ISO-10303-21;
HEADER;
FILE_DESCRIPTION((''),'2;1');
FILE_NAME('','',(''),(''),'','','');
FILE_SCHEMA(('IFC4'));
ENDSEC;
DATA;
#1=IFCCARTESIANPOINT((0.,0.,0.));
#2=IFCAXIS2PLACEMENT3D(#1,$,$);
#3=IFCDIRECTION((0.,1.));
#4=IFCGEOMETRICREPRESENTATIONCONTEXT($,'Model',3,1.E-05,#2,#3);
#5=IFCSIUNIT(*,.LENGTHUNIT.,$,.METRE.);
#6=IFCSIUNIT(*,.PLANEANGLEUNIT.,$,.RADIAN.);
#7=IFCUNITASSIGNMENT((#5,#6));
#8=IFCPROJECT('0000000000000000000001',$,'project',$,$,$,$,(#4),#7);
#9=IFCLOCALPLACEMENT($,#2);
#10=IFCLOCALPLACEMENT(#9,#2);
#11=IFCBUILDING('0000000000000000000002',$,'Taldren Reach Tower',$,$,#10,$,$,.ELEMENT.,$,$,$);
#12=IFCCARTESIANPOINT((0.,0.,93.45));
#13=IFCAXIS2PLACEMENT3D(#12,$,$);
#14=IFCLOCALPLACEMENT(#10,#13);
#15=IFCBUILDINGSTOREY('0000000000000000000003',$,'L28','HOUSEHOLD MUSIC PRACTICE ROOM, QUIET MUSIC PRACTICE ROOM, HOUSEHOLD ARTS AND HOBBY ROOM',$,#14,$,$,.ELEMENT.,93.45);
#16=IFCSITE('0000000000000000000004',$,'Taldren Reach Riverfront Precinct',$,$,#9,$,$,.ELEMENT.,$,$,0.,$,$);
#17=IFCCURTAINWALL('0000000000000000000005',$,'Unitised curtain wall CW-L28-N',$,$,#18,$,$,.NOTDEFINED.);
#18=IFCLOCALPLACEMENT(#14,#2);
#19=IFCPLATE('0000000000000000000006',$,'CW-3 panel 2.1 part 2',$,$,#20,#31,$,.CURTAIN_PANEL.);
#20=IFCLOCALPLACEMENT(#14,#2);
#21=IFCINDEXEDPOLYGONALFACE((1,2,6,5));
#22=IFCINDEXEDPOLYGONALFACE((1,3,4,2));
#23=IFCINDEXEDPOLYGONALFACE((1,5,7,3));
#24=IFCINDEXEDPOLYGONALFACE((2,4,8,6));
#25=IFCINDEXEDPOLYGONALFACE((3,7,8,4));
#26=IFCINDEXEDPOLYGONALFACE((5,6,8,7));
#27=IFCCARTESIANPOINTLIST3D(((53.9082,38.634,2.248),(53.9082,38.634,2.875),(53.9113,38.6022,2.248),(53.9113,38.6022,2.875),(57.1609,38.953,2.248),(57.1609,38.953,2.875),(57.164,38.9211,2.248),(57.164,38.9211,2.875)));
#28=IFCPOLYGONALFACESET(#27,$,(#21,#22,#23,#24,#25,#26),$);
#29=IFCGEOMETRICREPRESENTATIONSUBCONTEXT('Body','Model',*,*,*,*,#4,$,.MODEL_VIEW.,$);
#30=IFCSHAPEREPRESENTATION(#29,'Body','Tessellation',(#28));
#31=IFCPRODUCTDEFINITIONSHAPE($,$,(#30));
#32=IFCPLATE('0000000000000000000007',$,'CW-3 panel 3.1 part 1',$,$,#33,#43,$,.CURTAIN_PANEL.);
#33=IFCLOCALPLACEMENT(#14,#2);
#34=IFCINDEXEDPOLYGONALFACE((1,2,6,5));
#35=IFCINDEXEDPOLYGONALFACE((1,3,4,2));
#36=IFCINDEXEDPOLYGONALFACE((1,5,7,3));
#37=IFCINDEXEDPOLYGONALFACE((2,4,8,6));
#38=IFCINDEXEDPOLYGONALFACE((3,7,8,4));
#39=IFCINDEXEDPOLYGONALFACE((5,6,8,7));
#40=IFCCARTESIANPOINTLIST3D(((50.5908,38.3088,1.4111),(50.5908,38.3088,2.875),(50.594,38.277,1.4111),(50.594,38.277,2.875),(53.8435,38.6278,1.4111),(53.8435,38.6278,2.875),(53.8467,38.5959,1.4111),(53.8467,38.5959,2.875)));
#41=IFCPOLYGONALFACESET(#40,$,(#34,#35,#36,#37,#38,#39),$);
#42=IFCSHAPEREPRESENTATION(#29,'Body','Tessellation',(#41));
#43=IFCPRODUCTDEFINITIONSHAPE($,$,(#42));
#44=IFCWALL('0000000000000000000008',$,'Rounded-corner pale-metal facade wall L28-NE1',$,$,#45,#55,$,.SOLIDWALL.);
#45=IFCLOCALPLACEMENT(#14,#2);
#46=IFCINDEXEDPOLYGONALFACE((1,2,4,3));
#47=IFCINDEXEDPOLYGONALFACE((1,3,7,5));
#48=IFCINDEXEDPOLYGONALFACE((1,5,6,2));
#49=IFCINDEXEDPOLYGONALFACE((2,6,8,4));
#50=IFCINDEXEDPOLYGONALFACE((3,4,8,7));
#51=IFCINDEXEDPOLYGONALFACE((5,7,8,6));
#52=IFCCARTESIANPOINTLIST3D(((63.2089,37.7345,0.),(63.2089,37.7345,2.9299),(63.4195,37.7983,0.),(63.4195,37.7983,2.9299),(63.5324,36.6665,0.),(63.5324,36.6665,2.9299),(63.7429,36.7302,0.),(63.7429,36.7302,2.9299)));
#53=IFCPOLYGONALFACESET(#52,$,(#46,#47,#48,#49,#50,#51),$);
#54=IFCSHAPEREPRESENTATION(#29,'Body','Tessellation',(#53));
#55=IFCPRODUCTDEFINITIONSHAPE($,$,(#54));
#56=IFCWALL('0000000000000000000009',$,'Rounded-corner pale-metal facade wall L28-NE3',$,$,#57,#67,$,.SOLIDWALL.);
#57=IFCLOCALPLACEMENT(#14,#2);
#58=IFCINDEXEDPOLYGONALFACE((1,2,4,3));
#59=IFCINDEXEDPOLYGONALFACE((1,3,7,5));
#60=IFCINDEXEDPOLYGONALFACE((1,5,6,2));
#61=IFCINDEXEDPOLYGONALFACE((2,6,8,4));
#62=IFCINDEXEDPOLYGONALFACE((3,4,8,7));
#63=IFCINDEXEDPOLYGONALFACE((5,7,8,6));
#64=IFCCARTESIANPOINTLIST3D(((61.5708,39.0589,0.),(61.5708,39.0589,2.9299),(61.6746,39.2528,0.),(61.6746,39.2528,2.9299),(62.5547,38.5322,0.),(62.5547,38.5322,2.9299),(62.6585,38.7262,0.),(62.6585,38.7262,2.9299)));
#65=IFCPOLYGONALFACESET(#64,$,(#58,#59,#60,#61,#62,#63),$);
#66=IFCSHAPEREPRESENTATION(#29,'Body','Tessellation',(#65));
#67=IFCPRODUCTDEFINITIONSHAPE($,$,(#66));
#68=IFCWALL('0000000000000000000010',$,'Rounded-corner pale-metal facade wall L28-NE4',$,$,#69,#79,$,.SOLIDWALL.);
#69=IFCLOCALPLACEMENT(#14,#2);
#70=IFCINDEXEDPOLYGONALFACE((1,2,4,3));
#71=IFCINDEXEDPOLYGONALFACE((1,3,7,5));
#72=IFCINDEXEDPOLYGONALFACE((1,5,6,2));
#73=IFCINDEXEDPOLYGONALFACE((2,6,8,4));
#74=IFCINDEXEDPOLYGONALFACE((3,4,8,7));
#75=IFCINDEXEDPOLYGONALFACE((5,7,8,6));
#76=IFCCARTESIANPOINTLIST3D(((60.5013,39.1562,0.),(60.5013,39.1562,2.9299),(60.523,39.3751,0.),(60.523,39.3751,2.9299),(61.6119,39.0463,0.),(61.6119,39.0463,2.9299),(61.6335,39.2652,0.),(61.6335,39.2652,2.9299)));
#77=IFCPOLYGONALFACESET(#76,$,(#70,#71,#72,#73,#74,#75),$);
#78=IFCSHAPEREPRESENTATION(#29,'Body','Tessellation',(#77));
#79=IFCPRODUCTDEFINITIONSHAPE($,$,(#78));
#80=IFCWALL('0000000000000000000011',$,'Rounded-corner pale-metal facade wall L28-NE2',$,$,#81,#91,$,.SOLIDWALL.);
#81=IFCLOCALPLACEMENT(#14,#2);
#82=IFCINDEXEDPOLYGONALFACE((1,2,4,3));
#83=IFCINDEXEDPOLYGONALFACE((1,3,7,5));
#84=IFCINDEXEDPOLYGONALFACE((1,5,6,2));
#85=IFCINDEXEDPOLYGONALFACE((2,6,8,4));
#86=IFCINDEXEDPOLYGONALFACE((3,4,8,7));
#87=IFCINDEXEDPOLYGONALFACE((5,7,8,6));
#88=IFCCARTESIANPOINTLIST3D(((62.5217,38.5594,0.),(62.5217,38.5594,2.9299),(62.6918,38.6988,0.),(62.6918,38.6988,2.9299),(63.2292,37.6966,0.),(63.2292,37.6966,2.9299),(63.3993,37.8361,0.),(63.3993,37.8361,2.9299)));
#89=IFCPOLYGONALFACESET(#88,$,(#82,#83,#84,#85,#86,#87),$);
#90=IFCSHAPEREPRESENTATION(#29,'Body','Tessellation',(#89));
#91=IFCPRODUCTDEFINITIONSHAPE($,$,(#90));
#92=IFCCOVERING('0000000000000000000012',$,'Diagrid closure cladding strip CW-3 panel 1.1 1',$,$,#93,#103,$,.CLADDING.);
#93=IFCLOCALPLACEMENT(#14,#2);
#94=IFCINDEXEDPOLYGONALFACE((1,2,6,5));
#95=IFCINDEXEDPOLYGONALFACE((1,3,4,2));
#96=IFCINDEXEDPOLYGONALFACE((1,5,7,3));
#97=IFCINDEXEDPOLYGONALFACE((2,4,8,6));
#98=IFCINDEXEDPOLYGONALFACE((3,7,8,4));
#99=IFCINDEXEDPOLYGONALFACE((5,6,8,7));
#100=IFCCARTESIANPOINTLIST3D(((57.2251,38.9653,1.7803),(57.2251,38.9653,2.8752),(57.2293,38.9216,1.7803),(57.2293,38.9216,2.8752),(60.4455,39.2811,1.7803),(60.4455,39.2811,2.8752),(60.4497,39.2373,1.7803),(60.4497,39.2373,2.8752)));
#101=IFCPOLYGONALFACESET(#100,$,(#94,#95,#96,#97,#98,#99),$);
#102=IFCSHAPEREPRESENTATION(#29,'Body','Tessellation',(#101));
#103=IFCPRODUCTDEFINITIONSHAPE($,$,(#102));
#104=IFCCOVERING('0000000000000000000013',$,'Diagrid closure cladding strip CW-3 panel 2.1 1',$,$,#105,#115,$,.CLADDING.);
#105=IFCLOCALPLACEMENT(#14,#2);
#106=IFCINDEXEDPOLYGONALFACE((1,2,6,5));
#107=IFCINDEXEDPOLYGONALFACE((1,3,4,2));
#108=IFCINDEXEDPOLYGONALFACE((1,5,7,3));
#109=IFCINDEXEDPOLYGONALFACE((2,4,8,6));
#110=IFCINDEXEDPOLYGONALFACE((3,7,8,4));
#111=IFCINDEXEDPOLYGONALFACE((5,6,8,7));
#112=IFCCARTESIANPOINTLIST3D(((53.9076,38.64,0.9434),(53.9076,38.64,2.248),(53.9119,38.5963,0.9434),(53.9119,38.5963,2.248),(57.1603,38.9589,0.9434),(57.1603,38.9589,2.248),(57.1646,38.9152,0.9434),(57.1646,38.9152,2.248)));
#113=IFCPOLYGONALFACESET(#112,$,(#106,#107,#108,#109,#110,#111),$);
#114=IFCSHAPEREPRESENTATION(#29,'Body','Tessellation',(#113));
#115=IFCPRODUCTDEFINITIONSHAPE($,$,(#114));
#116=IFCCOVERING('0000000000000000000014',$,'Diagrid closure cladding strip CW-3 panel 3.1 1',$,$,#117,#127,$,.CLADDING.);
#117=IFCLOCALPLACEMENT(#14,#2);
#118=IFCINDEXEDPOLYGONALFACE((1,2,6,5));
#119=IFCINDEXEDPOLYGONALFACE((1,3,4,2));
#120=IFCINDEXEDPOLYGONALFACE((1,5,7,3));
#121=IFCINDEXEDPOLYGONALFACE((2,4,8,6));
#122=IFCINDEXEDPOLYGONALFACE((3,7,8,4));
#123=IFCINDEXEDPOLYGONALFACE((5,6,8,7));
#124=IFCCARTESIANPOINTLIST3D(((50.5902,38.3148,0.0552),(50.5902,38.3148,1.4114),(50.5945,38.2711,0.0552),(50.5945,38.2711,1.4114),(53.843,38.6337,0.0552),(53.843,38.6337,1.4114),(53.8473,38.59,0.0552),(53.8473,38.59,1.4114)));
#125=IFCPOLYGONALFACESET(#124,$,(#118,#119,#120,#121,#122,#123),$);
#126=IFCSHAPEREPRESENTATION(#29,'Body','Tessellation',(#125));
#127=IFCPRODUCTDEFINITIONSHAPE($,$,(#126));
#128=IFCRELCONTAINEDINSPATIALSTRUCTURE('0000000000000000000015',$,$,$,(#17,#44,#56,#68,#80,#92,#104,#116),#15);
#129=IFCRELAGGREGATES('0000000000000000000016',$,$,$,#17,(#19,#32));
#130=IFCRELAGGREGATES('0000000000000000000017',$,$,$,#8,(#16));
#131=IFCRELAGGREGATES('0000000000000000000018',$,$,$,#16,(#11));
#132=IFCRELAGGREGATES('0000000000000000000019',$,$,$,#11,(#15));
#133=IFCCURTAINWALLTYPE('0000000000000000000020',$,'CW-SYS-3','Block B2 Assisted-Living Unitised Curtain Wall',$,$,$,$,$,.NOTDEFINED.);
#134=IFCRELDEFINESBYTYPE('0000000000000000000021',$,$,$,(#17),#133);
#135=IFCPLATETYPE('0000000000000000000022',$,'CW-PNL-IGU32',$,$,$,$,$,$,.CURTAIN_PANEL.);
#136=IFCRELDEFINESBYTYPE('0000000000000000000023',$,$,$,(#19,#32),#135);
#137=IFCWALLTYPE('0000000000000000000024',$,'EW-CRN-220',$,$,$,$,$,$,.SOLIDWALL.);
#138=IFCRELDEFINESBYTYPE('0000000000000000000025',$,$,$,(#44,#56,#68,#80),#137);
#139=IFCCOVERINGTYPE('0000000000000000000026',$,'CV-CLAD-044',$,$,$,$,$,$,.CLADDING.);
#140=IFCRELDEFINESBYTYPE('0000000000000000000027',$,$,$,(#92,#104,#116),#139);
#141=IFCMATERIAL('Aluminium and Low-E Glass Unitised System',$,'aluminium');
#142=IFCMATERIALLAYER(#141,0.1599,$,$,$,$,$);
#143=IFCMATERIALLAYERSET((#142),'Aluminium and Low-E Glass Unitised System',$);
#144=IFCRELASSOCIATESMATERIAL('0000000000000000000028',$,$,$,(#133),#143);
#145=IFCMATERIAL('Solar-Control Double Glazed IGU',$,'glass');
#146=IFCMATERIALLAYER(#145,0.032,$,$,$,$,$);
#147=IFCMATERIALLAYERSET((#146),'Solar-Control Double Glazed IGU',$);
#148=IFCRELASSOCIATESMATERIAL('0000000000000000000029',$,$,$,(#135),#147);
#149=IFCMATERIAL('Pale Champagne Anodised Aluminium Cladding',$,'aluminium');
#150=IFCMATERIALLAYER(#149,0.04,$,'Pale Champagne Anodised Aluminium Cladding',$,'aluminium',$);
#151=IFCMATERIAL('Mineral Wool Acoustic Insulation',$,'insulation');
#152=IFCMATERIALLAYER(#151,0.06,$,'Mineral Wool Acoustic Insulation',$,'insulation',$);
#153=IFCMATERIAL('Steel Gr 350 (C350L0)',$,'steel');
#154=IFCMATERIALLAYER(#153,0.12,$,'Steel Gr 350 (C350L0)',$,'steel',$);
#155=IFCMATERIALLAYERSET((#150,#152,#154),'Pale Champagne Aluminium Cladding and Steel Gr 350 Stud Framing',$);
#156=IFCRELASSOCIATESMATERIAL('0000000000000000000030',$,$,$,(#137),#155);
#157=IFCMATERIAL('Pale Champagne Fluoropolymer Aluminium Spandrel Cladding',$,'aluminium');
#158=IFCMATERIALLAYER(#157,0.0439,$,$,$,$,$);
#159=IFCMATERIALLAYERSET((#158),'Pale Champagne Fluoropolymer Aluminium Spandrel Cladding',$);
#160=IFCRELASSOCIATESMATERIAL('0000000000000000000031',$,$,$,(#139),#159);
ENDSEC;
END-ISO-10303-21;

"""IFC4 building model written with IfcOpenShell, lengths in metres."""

from ifc_helpers import new_model, si_unit, direction, frame, frame_2d, origin, origin_2d, place, context, subcontext, project, spatial, rectangle, extrude, source, transform, mapped, material, layer, layer_set, type_object, element, aggregate, save


model = new_model("IFC4")

# Units and contexts
model_context = context("Model", 3, precision=1e-05, world=origin(), true_north=direction((0.0, 1.0)))
body_context = subcontext(model_context, "Body", "Model", "MODEL_VIEW")
ifc_project = project(units=[si_unit("LENGTHUNIT", "METRE"), si_unit("PLANEANGLEUNIT", "RADIAN")], contexts=[model_context])

# Site, building, storey
site_placement = place(None, origin())
site = spatial("IfcSite", under=ifc_project, at=site_placement, Name="Taldren Reach Riverfront Precinct", CompositionType="ELEMENT", RefElevation=0.0)
building_placement = place(site_placement, origin())
building = spatial("IfcBuilding", under=site, at=building_placement, Name="Taldren Reach Tower", CompositionType="ELEMENT")
storey_placement = place(building_placement, frame((0.0, 0.0, 93.45)))
storey = spatial("IfcBuildingStorey", under=building, at=storey_placement, Name="L28", Description="HOUSEHOLD MUSIC PRACTICE ROOM, QUIET MUSIC PRACTICE ROOM, HOUSEHOLD ARTS AND HOBBY ROOM", CompositionType="ELEMENT", Elevation=93.45)

# Shared definitions
ifc_material_1 = material(Name="Steel Gr 350 (C350L0)", Category="steel")

# Curtain wall
ifc_material_2 = material(Name="Aluminium and Low-E Glass Unitised System", Category="aluminium")
ifc_layer_1 = layer(ifc_material_2, 0.1599)
ifc_layer_set_1 = layer_set([ifc_layer_1], Name="Aluminium and Low-E Glass Unitised System")
curtain_wall_type = type_object("IfcCurtainWallType", Name="CW-SYS-3", Description="Block B2 Assisted-Living Unitised Curtain Wall", PredefinedType="NOTDEFINED", material=ifc_layer_set_1)
curtain_wall_1_placement = place(storey_placement, origin())
curtain_wall_1 = element("IfcCurtainWall", 1, at=curtain_wall_1_placement, inside=storey, type_object=curtain_wall_type, Name="Unitised curtain wall CW-L28-N", PredefinedType="NOTDEFINED")

# Plates
ifc_material_3 = material(Name="Solar-Control Double Glazed IGU", Category="glass")
ifc_layer_2 = layer(ifc_material_3, 0.032)
ifc_layer_set_2 = layer_set([ifc_layer_2], Name="Solar-Control Double Glazed IGU")
plate_type_1 = type_object("IfcPlateType", Name="CW-PNL-IGU32", PredefinedType="CURTAIN_PANEL", material=ifc_layer_set_2)
shared_shape_1 = source(origin(), body_context, "Body", "SweptSolid", [
    extrude(rectangle(XDim=3.2683, YDim=0.032, at=origin_2d()), origin(), (0.0, 0.0, 1.0), 0.627),
])
plate_1_placement = place(storey_placement, frame((55.5361, 38.7776, 2.248), z_axis=(0.0, 0.0, 1.0), x_axis=(-0.995227, -0.097583, 0.0)))
plate_1 = element("IfcPlate", 2, at=plate_1_placement, type_object=plate_type_1, Name="CW-3 panel 2.1 part 2", PredefinedType="CURTAIN_PANEL", context=body_context, shape_type="MappedRepresentation", body=[
    mapped(shared_shape_1, transform((0.0, 0.0, 0.0), scale=1.0)),
])
shared_shape_2 = source(origin(), body_context, "Body", "SweptSolid", [
    extrude(rectangle(XDim=3.2683, YDim=0.032, at=origin_2d()), origin(), (0.0, 0.0, 1.0), 1.4639),
])
plate_2_placement = place(storey_placement, frame((52.2188, 38.4524, 1.4111), z_axis=(0.0, 0.0, 1.0), x_axis=(-0.995227, -0.097583, 0.0)))
plate_2 = element("IfcPlate", 3, at=plate_2_placement, type_object=plate_type_1, Name="CW-3 panel 3.1 part 1", PredefinedType="CURTAIN_PANEL", context=body_context, shape_type="MappedRepresentation", body=[
    mapped(shared_shape_2, transform((0.0, 0.0, 0.0), scale=1.0)),
])
aggregate(curtain_wall_1, [plate_1, plate_2])

# Walls
ifc_material_4 = material(Name="Pale Champagne Anodised Aluminium Cladding", Category="aluminium")
ifc_layer_3 = layer(ifc_material_4, 0.04, Name="Pale Champagne Anodised Aluminium Cladding", Category="aluminium")
ifc_material_5 = material(Name="Mineral Wool Acoustic Insulation", Category="insulation")
ifc_layer_4 = layer(ifc_material_5, 0.06, Name="Mineral Wool Acoustic Insulation", Category="insulation")
ifc_layer_5 = layer(ifc_material_1, 0.12, Name="Steel Gr 350 (C350L0)", Category="steel")
ifc_layer_set_3 = layer_set([ifc_layer_3, ifc_layer_4, ifc_layer_5], Name="Pale Champagne Aluminium Cladding and Steel Gr 350 Stud Framing")
wall_type = type_object("IfcWallType", Name="EW-CRN-220", PredefinedType="SOLIDWALL", material=ifc_layer_set_3)
shared_shape_3 = source(origin(), body_context, "Body", "SweptSolid", [
    extrude(rectangle(XDim=1.116, YDim=0.22, at=frame_2d((0.5581, 0.0))), origin(), (0.0, 0.0, 1.0), 2.9299),
])
for number, where, z_axis, x_axis, name in (
    (4, (63.6377, 36.6982, 0.0), (0.0, 0.0, 1.0), (-0.289856, 0.95707, 0.0), "Rounded-corner pale-metal facade wall L28-NE1"),
    (5, (62.6067, 38.6292, 0.0), (0.0, 0.0, 1.0), (-0.881656, 0.471894, 0.0), "Rounded-corner pale-metal facade wall L28-NE3"),
    (6, (61.6228, 39.1558, 0.0), (0.0, 0.0, 1.0), (-0.995143, 0.098442, 0.0), "Rounded-corner pale-metal facade wall L28-NE4"),
):
    element("IfcWall", number, at=place(storey_placement, frame(where, z_axis=z_axis, x_axis=x_axis)), inside=storey, type_object=wall_type, Name=name, PredefinedType="SOLIDWALL", context=body_context, shape_type="MappedRepresentation", body=[
        mapped(shared_shape_3, transform((0.0, 0.0, 0.0), scale=1.0)),
    ])
shared_shape_4 = source(origin(), body_context, "Body", "SweptSolid", [
    extrude(rectangle(XDim=1.1157, YDim=0.22, at=frame_2d((0.5579, 0.0))), origin(), (0.0, 0.0, 1.0), 2.9299),
])
wall_placement = place(storey_placement, frame((63.3142, 37.7664, 0.0), z_axis=(0.0, 0.0, 1.0), x_axis=(-0.634095, 0.773255, 0.0)))
element("IfcWall", 7, at=wall_placement, inside=storey, type_object=wall_type, Name="Rounded-corner pale-metal facade wall L28-NE2", PredefinedType="SOLIDWALL", context=body_context, shape_type="MappedRepresentation", body=[
    mapped(shared_shape_4, transform((0.0, 0.0, 0.0), scale=1.0)),
])

# Coverings
ifc_material_6 = material(Name="Pale Champagne Fluoropolymer Aluminium Spandrel Cladding", Category="aluminium")
ifc_layer_6 = layer(ifc_material_6, 0.0439)
ifc_layer_set_4 = layer_set([ifc_layer_6], Name="Pale Champagne Fluoropolymer Aluminium Spandrel Cladding")
covering_type = type_object("IfcCoveringType", Name="CV-CLAD-044", PredefinedType="CLADDING", material=ifc_layer_set_4)
shared_shape_5 = source(origin(), body_context, "Body", "SweptSolid", [
    extrude(rectangle(XDim=3.2358, YDim=0.0439, at=origin_2d()), origin(), (0.0, 0.0, 1.0), 1.095),
])
covering_1_placement = place(storey_placement, frame((58.8374, 39.1013, 1.7803), z_axis=(0.0, 0.0, 1.0), x_axis=(-0.995227, -0.097583, 0.0)))
element("IfcCovering", 8, at=covering_1_placement, inside=storey, type_object=covering_type, Name="Diagrid closure cladding strip CW-3 panel 1.1 1", PredefinedType="CLADDING", context=body_context, shape_type="MappedRepresentation", body=[
    mapped(shared_shape_5, transform((0.0, 0.0, 0.0), scale=1.0)),
])
shared_shape_6 = source(origin(), body_context, "Body", "SweptSolid", [
    extrude(rectangle(XDim=3.2683, YDim=0.0439, at=origin_2d()), origin(), (0.0, 0.0, 1.0), 1.3047),
])
covering_2_placement = place(storey_placement, frame((55.5361, 38.7776, 0.9434), z_axis=(0.0, 0.0, 1.0), x_axis=(-0.995227, -0.097583, 0.0)))
element("IfcCovering", 9, at=covering_2_placement, inside=storey, type_object=covering_type, Name="Diagrid closure cladding strip CW-3 panel 2.1 1", PredefinedType="CLADDING", context=body_context, shape_type="MappedRepresentation", body=[
    mapped(shared_shape_6, transform((0.0, 0.0, 0.0), scale=1.0)),
])
shared_shape_7 = source(origin(), body_context, "Body", "SweptSolid", [
    extrude(rectangle(XDim=3.2683, YDim=0.0439, at=origin_2d()), origin(), (0.0, 0.0, 1.0), 1.3562),
])
covering_3_placement = place(storey_placement, frame((52.2188, 38.4524, 0.0552), z_axis=(0.0, 0.0, 1.0), x_axis=(-0.995227, -0.097583, 0.0)))
element("IfcCovering", 10, at=covering_3_placement, inside=storey, type_object=covering_type, Name="Diagrid closure cladding strip CW-3 panel 3.1 1", PredefinedType="CLADDING", context=body_context, shape_type="MappedRepresentation", body=[
    mapped(shared_shape_7, transform((0.0, 0.0, 0.0), scale=1.0)),
])

save(model, "model.ifc")
